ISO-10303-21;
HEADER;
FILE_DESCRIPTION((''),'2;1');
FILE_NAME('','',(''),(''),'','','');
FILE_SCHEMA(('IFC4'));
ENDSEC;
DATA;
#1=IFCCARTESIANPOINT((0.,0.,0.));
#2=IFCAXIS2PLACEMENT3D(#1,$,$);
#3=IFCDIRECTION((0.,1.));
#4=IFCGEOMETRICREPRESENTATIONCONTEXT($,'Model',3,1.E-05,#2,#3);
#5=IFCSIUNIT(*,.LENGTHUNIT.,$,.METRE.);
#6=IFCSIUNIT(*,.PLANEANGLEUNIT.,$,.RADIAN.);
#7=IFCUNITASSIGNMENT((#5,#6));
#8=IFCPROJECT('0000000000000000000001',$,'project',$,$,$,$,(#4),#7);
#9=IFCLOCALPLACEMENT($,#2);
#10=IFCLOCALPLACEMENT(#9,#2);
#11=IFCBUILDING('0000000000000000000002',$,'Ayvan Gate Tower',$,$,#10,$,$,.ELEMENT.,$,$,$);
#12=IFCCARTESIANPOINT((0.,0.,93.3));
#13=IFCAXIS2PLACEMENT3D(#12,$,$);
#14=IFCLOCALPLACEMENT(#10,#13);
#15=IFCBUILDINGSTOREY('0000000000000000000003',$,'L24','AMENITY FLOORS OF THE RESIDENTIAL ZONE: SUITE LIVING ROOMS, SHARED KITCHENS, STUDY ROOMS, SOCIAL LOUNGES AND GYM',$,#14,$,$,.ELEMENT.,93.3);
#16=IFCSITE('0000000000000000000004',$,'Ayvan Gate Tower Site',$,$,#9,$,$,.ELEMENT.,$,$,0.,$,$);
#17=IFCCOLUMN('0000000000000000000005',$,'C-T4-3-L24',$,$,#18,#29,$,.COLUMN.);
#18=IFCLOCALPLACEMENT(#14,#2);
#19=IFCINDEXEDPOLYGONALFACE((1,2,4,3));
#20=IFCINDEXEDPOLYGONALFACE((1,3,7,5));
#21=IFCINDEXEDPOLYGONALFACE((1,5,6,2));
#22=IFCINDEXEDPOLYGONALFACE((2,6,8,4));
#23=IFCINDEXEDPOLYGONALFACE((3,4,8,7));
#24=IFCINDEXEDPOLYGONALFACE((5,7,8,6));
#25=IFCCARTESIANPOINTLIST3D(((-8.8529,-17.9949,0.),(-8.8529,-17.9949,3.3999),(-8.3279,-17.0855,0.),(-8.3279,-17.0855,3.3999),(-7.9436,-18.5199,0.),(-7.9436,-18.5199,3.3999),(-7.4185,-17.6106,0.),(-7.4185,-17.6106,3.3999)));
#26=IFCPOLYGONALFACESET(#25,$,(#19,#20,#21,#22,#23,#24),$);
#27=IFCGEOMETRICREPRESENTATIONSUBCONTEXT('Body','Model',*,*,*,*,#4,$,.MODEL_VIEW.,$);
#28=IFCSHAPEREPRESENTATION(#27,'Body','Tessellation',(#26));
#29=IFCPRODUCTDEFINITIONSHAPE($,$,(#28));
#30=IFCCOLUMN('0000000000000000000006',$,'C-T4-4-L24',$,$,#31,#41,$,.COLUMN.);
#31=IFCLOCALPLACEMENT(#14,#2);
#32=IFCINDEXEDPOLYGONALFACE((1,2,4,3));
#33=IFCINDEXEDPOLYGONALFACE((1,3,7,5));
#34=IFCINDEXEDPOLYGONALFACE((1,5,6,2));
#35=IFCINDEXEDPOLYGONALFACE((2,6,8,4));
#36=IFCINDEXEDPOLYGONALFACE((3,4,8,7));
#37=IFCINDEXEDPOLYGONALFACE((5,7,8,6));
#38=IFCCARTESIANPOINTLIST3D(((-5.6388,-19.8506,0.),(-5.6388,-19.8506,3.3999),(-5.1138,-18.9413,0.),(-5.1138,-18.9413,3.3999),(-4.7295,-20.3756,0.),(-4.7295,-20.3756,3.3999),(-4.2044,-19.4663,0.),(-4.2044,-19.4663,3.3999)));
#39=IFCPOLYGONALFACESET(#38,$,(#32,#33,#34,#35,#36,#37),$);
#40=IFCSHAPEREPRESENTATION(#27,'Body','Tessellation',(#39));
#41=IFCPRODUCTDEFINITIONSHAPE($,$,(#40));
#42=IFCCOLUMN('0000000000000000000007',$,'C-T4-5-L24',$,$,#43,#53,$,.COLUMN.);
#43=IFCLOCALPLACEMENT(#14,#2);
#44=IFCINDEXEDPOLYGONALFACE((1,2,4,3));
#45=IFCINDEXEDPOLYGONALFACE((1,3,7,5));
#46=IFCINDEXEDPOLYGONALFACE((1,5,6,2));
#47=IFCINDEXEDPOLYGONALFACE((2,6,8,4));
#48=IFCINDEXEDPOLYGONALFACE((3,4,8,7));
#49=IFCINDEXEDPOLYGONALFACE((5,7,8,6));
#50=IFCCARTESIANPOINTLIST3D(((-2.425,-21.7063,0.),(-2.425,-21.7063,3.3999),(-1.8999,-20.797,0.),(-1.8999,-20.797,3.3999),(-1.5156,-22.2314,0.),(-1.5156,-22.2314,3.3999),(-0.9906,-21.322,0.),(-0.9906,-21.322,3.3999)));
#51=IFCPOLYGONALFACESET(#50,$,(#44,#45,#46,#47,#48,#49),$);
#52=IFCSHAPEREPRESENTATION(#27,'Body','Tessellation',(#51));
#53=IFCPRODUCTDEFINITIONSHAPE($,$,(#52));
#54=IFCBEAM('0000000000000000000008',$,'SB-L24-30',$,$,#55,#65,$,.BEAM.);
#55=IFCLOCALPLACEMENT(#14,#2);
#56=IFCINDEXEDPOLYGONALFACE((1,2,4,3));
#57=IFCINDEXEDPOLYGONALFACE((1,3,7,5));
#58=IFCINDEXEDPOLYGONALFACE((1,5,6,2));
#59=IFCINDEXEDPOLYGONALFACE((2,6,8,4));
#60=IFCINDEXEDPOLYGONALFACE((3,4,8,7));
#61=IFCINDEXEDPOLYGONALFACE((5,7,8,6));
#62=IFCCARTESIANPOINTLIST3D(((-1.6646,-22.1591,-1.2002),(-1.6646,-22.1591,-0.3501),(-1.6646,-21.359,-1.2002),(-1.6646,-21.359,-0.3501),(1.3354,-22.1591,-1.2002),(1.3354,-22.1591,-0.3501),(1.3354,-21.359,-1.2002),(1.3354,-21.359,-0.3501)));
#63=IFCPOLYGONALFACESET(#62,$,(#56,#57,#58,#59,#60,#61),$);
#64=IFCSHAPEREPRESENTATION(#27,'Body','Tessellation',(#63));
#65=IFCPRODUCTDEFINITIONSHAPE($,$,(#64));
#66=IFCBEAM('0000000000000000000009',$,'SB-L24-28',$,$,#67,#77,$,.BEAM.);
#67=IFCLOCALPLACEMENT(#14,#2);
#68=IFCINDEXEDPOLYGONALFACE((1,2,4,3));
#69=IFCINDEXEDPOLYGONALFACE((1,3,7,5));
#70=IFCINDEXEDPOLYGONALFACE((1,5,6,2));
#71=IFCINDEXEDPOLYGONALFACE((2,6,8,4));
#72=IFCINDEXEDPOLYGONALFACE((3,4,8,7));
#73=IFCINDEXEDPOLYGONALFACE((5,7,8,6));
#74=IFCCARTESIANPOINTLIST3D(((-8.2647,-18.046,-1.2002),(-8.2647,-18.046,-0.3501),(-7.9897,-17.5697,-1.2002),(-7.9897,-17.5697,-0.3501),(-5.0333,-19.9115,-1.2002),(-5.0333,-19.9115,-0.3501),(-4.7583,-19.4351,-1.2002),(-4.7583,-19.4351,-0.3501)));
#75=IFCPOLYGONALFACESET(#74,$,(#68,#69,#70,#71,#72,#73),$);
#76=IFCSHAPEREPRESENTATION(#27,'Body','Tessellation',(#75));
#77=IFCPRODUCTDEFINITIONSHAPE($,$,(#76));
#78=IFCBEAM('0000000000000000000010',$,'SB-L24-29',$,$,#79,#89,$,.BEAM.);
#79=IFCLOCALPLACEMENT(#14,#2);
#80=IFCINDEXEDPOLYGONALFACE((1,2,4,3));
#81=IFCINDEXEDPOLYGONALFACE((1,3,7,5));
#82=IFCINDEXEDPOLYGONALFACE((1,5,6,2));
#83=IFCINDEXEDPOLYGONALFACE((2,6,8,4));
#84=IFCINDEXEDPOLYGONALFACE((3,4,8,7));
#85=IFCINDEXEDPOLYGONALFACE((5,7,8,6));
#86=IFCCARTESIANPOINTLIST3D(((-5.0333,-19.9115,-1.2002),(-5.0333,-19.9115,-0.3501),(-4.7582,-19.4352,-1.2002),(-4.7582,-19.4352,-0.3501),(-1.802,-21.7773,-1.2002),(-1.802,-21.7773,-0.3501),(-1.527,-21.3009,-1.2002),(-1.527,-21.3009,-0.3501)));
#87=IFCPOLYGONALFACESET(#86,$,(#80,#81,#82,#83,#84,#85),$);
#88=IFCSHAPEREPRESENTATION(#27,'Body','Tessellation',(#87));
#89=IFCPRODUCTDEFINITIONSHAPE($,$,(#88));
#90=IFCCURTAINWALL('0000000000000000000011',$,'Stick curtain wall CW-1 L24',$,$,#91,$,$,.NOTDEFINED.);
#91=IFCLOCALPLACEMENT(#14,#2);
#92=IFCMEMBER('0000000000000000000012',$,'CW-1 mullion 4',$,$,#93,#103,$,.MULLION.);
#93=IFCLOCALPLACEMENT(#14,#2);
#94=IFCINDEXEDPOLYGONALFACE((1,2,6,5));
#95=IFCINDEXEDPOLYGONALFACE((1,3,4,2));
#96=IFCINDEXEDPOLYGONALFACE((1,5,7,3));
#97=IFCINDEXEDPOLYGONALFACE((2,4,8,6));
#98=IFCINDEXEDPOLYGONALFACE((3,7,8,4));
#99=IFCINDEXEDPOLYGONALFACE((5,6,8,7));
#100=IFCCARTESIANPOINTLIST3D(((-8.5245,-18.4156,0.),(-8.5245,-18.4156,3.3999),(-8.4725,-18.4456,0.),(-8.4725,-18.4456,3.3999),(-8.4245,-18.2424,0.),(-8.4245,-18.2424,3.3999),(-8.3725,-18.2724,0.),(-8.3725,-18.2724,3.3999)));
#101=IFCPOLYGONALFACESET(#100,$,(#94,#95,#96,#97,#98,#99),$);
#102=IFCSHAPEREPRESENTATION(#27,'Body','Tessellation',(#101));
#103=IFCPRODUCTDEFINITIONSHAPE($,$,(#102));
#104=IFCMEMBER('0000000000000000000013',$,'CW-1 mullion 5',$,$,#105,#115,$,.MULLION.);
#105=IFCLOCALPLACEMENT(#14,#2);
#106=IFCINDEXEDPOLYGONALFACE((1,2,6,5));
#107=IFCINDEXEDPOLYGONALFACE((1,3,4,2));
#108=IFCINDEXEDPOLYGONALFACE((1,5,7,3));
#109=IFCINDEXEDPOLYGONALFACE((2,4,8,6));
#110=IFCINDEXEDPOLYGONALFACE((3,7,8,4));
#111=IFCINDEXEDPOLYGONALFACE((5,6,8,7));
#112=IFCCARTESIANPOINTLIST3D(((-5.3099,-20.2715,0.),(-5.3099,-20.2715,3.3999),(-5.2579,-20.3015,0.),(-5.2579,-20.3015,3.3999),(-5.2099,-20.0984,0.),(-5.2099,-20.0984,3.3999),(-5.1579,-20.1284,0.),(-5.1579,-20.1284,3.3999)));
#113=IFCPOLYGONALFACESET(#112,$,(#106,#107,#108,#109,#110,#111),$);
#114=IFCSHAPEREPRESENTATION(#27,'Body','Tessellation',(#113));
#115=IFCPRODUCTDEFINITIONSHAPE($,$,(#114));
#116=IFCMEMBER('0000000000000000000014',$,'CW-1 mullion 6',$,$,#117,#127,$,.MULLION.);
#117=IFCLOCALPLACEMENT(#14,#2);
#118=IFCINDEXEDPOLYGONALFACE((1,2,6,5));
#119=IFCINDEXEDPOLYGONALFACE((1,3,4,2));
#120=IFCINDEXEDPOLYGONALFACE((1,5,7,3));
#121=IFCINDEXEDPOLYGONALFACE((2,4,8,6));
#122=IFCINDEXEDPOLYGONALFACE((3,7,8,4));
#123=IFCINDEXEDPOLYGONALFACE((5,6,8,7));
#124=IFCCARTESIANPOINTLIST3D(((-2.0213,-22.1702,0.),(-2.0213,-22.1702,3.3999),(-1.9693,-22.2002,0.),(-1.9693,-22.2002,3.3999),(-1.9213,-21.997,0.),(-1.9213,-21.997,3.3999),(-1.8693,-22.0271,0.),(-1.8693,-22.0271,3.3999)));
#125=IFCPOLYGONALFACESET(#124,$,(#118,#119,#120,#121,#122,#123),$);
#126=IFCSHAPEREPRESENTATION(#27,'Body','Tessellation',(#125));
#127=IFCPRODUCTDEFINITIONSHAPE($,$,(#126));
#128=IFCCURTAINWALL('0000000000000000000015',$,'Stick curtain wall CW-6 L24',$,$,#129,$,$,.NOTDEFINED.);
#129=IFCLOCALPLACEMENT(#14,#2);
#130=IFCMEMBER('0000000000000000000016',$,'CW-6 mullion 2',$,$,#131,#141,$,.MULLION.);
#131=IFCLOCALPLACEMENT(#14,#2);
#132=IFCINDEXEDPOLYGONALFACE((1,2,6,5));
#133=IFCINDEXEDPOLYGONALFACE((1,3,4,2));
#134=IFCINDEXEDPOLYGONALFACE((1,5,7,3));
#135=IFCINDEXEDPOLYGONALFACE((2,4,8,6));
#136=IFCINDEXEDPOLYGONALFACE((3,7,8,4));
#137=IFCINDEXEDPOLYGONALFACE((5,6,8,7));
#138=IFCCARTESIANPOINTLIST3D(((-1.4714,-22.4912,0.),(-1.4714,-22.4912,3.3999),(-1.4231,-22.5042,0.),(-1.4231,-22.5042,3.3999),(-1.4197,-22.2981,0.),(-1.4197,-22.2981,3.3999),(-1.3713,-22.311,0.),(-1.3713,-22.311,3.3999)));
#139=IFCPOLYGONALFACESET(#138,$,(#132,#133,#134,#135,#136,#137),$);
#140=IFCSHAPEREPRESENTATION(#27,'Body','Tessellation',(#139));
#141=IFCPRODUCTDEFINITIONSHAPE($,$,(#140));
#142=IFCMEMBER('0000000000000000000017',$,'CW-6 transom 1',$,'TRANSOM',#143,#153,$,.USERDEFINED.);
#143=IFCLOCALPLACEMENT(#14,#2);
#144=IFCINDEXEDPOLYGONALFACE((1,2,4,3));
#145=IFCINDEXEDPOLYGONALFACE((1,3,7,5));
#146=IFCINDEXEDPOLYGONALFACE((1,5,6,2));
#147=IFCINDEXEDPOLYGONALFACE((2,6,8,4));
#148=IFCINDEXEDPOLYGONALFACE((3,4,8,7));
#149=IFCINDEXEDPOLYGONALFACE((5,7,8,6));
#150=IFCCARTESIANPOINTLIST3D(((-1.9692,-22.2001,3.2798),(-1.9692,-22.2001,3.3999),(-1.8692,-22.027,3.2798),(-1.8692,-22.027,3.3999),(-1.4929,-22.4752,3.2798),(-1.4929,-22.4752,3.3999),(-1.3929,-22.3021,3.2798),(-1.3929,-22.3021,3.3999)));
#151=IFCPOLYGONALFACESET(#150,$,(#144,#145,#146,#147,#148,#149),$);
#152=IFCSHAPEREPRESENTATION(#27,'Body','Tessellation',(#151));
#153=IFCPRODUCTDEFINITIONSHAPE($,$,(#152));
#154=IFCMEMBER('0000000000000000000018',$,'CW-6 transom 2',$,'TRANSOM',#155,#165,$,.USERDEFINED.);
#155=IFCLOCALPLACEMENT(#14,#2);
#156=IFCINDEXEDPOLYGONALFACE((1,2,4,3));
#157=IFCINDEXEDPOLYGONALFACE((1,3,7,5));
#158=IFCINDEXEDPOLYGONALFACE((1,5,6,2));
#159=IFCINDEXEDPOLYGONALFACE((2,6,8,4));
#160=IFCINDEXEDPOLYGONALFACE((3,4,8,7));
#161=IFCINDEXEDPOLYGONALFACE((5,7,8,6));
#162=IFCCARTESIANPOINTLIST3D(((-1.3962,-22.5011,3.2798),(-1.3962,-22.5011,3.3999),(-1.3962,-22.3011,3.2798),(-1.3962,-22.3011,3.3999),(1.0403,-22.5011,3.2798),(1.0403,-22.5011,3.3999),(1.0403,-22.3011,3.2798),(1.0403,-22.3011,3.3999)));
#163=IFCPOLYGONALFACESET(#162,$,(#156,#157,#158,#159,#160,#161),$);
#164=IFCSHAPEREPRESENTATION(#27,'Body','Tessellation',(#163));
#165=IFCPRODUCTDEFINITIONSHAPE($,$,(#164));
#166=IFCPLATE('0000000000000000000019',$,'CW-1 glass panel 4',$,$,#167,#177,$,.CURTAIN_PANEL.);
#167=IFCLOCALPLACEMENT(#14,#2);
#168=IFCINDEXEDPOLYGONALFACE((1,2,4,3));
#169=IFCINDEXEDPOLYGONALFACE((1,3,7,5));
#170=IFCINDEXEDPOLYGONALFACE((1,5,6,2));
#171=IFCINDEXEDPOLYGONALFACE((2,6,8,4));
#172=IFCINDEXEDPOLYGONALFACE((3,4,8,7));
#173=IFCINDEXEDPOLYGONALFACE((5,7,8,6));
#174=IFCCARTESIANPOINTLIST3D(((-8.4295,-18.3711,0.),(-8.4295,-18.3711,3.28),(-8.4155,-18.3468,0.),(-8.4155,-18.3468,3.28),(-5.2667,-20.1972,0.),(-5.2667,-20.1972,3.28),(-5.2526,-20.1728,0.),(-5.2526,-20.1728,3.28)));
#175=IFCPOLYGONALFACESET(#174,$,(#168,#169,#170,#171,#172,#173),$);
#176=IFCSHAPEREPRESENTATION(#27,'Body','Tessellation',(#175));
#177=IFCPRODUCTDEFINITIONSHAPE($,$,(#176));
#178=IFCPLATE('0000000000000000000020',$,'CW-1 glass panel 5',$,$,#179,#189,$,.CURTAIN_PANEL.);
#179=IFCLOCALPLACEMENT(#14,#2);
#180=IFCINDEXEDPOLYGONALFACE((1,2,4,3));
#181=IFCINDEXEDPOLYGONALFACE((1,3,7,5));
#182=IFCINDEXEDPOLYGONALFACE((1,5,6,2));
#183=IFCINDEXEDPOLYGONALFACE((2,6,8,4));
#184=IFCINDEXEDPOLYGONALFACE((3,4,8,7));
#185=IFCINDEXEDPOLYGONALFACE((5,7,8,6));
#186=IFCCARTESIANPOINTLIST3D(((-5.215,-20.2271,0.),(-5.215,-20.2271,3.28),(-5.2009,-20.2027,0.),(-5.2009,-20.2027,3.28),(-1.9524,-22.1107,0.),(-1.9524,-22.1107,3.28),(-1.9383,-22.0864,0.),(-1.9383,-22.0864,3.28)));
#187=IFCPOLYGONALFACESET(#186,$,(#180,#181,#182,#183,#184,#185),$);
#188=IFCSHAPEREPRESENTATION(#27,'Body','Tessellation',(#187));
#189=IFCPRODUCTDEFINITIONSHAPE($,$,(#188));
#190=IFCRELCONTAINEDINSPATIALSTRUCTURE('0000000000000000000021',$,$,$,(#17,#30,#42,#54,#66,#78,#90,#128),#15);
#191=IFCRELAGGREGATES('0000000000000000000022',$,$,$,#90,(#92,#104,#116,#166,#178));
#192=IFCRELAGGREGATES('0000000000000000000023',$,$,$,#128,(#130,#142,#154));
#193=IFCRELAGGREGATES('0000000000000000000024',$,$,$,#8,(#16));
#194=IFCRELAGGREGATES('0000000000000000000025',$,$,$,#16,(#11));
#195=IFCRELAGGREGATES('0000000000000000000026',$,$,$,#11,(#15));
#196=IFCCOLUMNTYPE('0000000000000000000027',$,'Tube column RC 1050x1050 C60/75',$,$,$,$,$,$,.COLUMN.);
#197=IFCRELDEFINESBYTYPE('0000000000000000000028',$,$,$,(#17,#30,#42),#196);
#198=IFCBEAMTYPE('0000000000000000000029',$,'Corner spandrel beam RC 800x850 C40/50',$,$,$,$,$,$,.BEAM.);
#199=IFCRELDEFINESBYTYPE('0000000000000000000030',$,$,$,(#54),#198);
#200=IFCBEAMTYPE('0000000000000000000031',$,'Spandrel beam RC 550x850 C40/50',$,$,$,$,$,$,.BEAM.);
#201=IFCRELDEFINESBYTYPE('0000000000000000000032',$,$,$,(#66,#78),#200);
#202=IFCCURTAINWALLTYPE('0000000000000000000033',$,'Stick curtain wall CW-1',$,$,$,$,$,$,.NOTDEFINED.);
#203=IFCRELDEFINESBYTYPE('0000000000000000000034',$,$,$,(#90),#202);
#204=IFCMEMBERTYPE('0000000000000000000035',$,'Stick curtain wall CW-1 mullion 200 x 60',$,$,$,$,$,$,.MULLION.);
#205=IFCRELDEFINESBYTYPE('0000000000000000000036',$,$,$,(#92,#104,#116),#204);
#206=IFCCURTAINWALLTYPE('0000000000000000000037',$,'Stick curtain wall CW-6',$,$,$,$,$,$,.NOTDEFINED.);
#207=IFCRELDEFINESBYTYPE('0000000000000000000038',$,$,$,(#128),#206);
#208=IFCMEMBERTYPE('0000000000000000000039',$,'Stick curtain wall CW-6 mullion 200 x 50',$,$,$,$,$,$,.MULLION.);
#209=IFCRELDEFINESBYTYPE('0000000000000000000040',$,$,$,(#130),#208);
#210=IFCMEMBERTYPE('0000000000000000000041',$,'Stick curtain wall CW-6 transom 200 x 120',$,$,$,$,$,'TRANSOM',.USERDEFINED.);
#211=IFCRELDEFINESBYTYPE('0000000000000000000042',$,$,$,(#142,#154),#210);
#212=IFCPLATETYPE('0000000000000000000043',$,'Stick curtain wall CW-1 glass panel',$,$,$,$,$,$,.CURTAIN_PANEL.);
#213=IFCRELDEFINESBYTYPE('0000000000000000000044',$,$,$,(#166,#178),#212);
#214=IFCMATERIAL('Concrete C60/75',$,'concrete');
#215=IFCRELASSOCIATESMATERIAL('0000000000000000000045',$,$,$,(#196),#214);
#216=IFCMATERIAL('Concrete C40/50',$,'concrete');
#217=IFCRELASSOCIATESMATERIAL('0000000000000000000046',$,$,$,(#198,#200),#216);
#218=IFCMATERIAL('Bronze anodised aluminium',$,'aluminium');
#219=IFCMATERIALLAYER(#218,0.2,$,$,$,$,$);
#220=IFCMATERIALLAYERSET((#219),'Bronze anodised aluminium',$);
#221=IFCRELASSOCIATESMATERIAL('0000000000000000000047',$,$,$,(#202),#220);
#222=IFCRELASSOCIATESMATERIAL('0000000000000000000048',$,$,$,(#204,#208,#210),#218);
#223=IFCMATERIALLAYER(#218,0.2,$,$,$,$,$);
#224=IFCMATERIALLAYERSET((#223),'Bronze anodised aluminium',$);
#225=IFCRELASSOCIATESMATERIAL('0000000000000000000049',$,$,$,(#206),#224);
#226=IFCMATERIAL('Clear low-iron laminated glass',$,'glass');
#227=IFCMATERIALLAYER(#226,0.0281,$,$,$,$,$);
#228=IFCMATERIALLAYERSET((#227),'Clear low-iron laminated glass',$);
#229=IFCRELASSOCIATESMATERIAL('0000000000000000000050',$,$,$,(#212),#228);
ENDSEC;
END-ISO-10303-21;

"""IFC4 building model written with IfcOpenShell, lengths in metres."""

from ifc_helpers import new_model, si_unit, direction, frame, origin, origin_2d, place, context, subcontext, project, spatial, rectangle, extrude, material, layer, layer_set, material_profile, profile_set, type_object, element, aggregate, save


model = new_model("IFC4")

# Units and contexts
model_context = context("Model", 3, precision=1e-05, world=origin(), true_north=direction((0.0, 1.0)))
body_context = subcontext(model_context, "Body", "Model", "MODEL_VIEW")
ifc_project = project(units=[si_unit("LENGTHUNIT", "METRE"), si_unit("PLANEANGLEUNIT", "RADIAN")], contexts=[model_context])

# Site, building, storey
site_placement = place(None, origin())
site = spatial("IfcSite", under=ifc_project, at=site_placement, Name="Ayvan Gate Tower Site", CompositionType="ELEMENT", RefElevation=0.0)
building_placement = place(site_placement, origin())
building = spatial("IfcBuilding", under=site, at=building_placement, Name="Ayvan Gate Tower", CompositionType="ELEMENT")
storey_placement = place(building_placement, frame((0.0, 0.0, 93.3)))
storey = spatial("IfcBuildingStorey", under=building, at=storey_placement, Name="L24", Description="AMENITY FLOORS OF THE RESIDENTIAL ZONE: SUITE LIVING ROOMS, SHARED KITCHENS, STUDY ROOMS, SOCIAL LOUNGES AND GYM", CompositionType="ELEMENT", Elevation=93.3)

# Columns
ifc_material_1 = material(Name="Concrete C60/75", Category="concrete")
ifc_material_profile_1 = material_profile(ifc_material_1, rectangle(XDim=1.05, YDim=1.05, at=origin_2d()), Name="RC 1050x1050")
ifc_profile_set_1 = profile_set([ifc_material_profile_1], Name="Concrete C60/75")
column_type = type_object("IfcColumnType", Name="Tube column RC 1050x1050 C60/75", PredefinedType="COLUMN", material=ifc_profile_set_1)
for number, where, z_axis, x_axis, name in (
    (1, (-8.1357, -17.8027, 0.0), (0.0, 0.0, 1.0), (-0.5, -0.866025, 0.0), "C-T4-3-L24"),
    (2, (-4.9216, -19.6584, 0.0), (0.0, 0.0, 1.0), (-0.5, -0.866025, 0.0), "C-T4-4-L24"),
    (3, (-1.7078, -21.5142, 0.0), (0.0, 0.0, 1.0), (-0.5, -0.866025, 0.0), "C-T4-5-L24"),
):
    element("IfcColumn", number, at=place(storey_placement, frame(where, z_axis=z_axis, x_axis=x_axis)), inside=storey, type_object=column_type, Name=name, PredefinedType="COLUMN", context=body_context, shape_type="SweptSolid", body=[
        extrude(rectangle(XDim=1.05, YDim=1.05, at=origin_2d()), origin(), (0.0, 0.0, 1.0), 3.3999),
    ])

# Beams
ifc_material_2 = material(Name="Concrete C40/50", Category="concrete")
ifc_material_profile_2 = material_profile(ifc_material_2, rectangle(XDim=0.8, YDim=0.8501, at=origin_2d()), Name="RC 800x850")
ifc_profile_set_2 = profile_set([ifc_material_profile_2], Name="Concrete C40/50")
beam_type_1 = type_object("IfcBeamType", Name="Corner spandrel beam RC 800x850 C40/50", PredefinedType="BEAM", material=ifc_profile_set_2)
beam_placement = place(storey_placement, frame((-1.6646, -21.759, -0.7751), z_axis=(1.0, 0.0, 0.0), x_axis=(0.0, 1.0, 0.0)))
element("IfcBeam", 4, at=beam_placement, inside=storey, type_object=beam_type_1, Name="SB-L24-30", PredefinedType="BEAM", context=body_context, shape_type="SweptSolid", body=[
    extrude(rectangle(XDim=0.8, YDim=0.8501, at=origin_2d()), origin(), (0.0, 0.0, 1.0), 3.0),
])
ifc_material_profile_3 = material_profile(ifc_material_2, rectangle(XDim=0.55, YDim=0.8501, at=origin_2d()), Name="RC 550x850")
ifc_profile_set_3 = profile_set([ifc_material_profile_3], Name="Concrete C40/50")
beam_type_2 = type_object("IfcBeamType", Name="Spandrel beam RC 550x850 C40/50", PredefinedType="BEAM", material=ifc_profile_set_3)
for number, where, z_axis, x_axis, name in (
    (5, (-8.1272, -17.8079, -0.7751), (0.866048, -0.49996, 0.0), (0.49996, 0.866048, 0.0), "SB-L24-28"),
    (6, (-4.8958, -19.6733, -0.7751), (0.866004, -0.500038, 0.0), (0.500038, 0.866004, 0.0), "SB-L24-29"),
):
    element("IfcBeam", number, at=place(storey_placement, frame(where, z_axis=z_axis, x_axis=x_axis)), inside=storey, type_object=beam_type_2, Name=name, PredefinedType="BEAM", context=body_context, shape_type="SweptSolid", body=[
        extrude(rectangle(XDim=0.55, YDim=0.8501, at=origin_2d()), origin(), (0.0, 0.0, 1.0), 3.7312),
    ])

# Curtain walls, members
ifc_material_3 = material(Name="Bronze anodised aluminium", Category="aluminium")
ifc_layer_1 = layer(ifc_material_3, 0.2)
ifc_layer_set_1 = layer_set([ifc_layer_1], Name="Bronze anodised aluminium")
curtain_wall_type_1 = type_object("IfcCurtainWallType", Name="Stick curtain wall CW-1", PredefinedType="NOTDEFINED", material=ifc_layer_set_1)
curtain_wall_1_placement = place(storey_placement, origin())
curtain_wall_1 = element("IfcCurtainWall", 7, at=curtain_wall_1_placement, inside=storey, type_object=curtain_wall_type_1, Name="Stick curtain wall CW-1 L24", PredefinedType="NOTDEFINED")
ifc_material_profile_4 = material_profile(ifc_material_3, rectangle(XDim=0.2, YDim=0.0601, at=origin_2d()), Name="Stick curtain wall CW-1 mullion 200 x 60")
ifc_profile_set_4 = profile_set([ifc_material_profile_4], Name="Bronze anodised aluminium")
member_type_1 = type_object("IfcMemberType", Name="Stick curtain wall CW-1 mullion 200 x 60", PredefinedType="MULLION", material=ifc_profile_set_4)
member_1_placement = place(storey_placement, frame((-8.4485, -18.344, 0.0), z_axis=(0.0, 0.0, 1.0), x_axis=(-0.5, -0.866025, 0.0)))
member_1 = element("IfcMember", 8, at=member_1_placement, type_object=member_type_1, Name="CW-1 mullion 4", PredefinedType="MULLION", context=body_context, shape_type="SweptSolid", body=[
    extrude(rectangle(XDim=0.2, YDim=0.0601, at=origin_2d()), origin(), (0.0, 0.0, 1.0), 3.3999),
])
member_2_placement = place(storey_placement, frame((-5.2339, -20.2, 0.0), z_axis=(0.0, 0.0, 1.0), x_axis=(-0.5, -0.866025, 0.0)))
member_2 = element("IfcMember", 9, at=member_2_placement, type_object=member_type_1, Name="CW-1 mullion 5", PredefinedType="MULLION", context=body_context, shape_type="SweptSolid", body=[
    extrude(rectangle(XDim=0.2, YDim=0.0601, at=origin_2d()), origin(), (0.0, 0.0, 1.0), 3.3999),
])
member_3_placement = place(storey_placement, frame((-1.9453, -22.0986, 0.0), z_axis=(0.0, 0.0, 1.0), x_axis=(-0.5, -0.866025, 0.0)))
member_3 = element("IfcMember", 10, at=member_3_placement, type_object=member_type_1, Name="CW-1 mullion 6", PredefinedType="MULLION", context=body_context, shape_type="SweptSolid", body=[
    extrude(rectangle(XDim=0.2, YDim=0.0601, at=origin_2d()), origin(), (0.0, 0.0, 1.0), 3.3999),
])
ifc_layer_2 = layer(ifc_material_3, 0.2)
ifc_layer_set_2 = layer_set([ifc_layer_2], Name="Bronze anodised aluminium")
curtain_wall_type_2 = type_object("IfcCurtainWallType", Name="Stick curtain wall CW-6", PredefinedType="NOTDEFINED", material=ifc_layer_set_2)
curtain_wall_2_placement = place(storey_placement, origin())
curtain_wall_2 = element("IfcCurtainWall", 11, at=curtain_wall_2_placement, inside=storey, type_object=curtain_wall_type_2, Name="Stick curtain wall CW-6 L24", PredefinedType="NOTDEFINED")
ifc_material_profile_5 = material_profile(ifc_material_3, rectangle(XDim=0.2, YDim=0.05, at=origin_2d()), Name="Stick curtain wall CW-6 mullion 200 x 50")
ifc_profile_set_5 = profile_set([ifc_material_profile_5], Name="Bronze anodised aluminium")
member_type_2 = type_object("IfcMemberType", Name="Stick curtain wall CW-6 mullion 200 x 50", PredefinedType="MULLION", material=ifc_profile_set_5)
member_4_placement = place(storey_placement, frame((-1.4214, -22.4011, 0.0), z_axis=(0.0, 0.0, 1.0), x_axis=(-0.258819, -0.965926, 0.0)))
member_4 = element("IfcMember", 12, at=member_4_placement, type_object=member_type_2, Name="CW-6 mullion 2", PredefinedType="MULLION", context=body_context, shape_type="SweptSolid", body=[
    extrude(rectangle(XDim=0.2, YDim=0.05, at=origin_2d()), origin(), (0.0, 0.0, 1.0), 3.3999),
])
ifc_material_profile_6 = material_profile(ifc_material_3, rectangle(XDim=0.2, YDim=0.1201, at=origin_2d()), Name="Stick curtain wall CW-6 transom 200 x 120")
ifc_profile_set_6 = profile_set([ifc_material_profile_6], Name="Bronze anodised aluminium")
member_type_3 = type_object("IfcMemberType", Name="Stick curtain wall CW-6 transom 200 x 120", ElementType="TRANSOM", PredefinedType="USERDEFINED", material=ifc_profile_set_6)
member_5_placement = place(storey_placement, frame((-1.9192, -22.1135, 3.3398), z_axis=(0.865912, -0.500196, 0.0), x_axis=(0.500196, 0.865912, 0.0)))
member_5 = element("IfcMember", 13, at=member_5_placement, type_object=member_type_3, Name="CW-6 transom 1", ObjectType="TRANSOM", PredefinedType="USERDEFINED", context=body_context, shape_type="SweptSolid", body=[
    extrude(rectangle(XDim=0.2, YDim=0.1201, at=origin_2d()), origin(), (0.0, 0.0, 1.0), 0.55),
])
member_6_placement = place(storey_placement, frame((-1.3962, -22.4011, 3.3398), z_axis=(1.0, 0.0, 0.0), x_axis=(0.0, 1.0, 0.0)))
member_6 = element("IfcMember", 14, at=member_6_placement, type_object=member_type_3, Name="CW-6 transom 2", ObjectType="TRANSOM", PredefinedType="USERDEFINED", context=body_context, shape_type="SweptSolid", body=[
    extrude(rectangle(XDim=0.2, YDim=0.1201, at=origin_2d()), origin(), (0.0, 0.0, 1.0), 2.4365),
])

# Plates
ifc_material_4 = material(Name="Clear low-iron laminated glass", Category="glass")
ifc_layer_3 = layer(ifc_material_4, 0.0281)
ifc_layer_set_3 = layer_set([ifc_layer_3], Name="Clear low-iron laminated glass")
plate_type_1 = type_object("IfcPlateType", Name="Stick curtain wall CW-1 glass panel", PredefinedType="CURTAIN_PANEL", material=ifc_layer_set_3)
plate_1_placement = place(storey_placement, frame((-6.8411, -19.272, 0.0), z_axis=(0.0, 0.0, 1.0), x_axis=(0.866025, -0.5, 0.0)))
plate_1 = element("IfcPlate", 15, at=plate_1_placement, type_object=plate_type_1, Name="CW-1 glass panel 4", PredefinedType="CURTAIN_PANEL", context=body_context, shape_type="SweptSolid", body=[
    extrude(rectangle(XDim=3.6521, YDim=0.0281, at=origin_2d()), origin(), (0.0, 0.0, 1.0), 3.28),
])
plate_2_placement = place(storey_placement, frame((-3.5767, -21.1567, 0.0), z_axis=(0.0, 0.0, 1.0), x_axis=(0.866025, -0.5, 0.0)))
plate_2 = element("IfcPlate", 16, at=plate_2_placement, type_object=plate_type_1, Name="CW-1 glass panel 5", PredefinedType="CURTAIN_PANEL", context=body_context, shape_type="SweptSolid", body=[
    extrude(rectangle(XDim=3.7673, YDim=0.0281, at=origin_2d()), origin(), (0.0, 0.0, 1.0), 3.28),
])
aggregate(curtain_wall_1, [member_1, member_2, member_3, plate_1, plate_2])
aggregate(curtain_wall_2, [member_4, member_5, member_6])

save(model, "model.ifc")
